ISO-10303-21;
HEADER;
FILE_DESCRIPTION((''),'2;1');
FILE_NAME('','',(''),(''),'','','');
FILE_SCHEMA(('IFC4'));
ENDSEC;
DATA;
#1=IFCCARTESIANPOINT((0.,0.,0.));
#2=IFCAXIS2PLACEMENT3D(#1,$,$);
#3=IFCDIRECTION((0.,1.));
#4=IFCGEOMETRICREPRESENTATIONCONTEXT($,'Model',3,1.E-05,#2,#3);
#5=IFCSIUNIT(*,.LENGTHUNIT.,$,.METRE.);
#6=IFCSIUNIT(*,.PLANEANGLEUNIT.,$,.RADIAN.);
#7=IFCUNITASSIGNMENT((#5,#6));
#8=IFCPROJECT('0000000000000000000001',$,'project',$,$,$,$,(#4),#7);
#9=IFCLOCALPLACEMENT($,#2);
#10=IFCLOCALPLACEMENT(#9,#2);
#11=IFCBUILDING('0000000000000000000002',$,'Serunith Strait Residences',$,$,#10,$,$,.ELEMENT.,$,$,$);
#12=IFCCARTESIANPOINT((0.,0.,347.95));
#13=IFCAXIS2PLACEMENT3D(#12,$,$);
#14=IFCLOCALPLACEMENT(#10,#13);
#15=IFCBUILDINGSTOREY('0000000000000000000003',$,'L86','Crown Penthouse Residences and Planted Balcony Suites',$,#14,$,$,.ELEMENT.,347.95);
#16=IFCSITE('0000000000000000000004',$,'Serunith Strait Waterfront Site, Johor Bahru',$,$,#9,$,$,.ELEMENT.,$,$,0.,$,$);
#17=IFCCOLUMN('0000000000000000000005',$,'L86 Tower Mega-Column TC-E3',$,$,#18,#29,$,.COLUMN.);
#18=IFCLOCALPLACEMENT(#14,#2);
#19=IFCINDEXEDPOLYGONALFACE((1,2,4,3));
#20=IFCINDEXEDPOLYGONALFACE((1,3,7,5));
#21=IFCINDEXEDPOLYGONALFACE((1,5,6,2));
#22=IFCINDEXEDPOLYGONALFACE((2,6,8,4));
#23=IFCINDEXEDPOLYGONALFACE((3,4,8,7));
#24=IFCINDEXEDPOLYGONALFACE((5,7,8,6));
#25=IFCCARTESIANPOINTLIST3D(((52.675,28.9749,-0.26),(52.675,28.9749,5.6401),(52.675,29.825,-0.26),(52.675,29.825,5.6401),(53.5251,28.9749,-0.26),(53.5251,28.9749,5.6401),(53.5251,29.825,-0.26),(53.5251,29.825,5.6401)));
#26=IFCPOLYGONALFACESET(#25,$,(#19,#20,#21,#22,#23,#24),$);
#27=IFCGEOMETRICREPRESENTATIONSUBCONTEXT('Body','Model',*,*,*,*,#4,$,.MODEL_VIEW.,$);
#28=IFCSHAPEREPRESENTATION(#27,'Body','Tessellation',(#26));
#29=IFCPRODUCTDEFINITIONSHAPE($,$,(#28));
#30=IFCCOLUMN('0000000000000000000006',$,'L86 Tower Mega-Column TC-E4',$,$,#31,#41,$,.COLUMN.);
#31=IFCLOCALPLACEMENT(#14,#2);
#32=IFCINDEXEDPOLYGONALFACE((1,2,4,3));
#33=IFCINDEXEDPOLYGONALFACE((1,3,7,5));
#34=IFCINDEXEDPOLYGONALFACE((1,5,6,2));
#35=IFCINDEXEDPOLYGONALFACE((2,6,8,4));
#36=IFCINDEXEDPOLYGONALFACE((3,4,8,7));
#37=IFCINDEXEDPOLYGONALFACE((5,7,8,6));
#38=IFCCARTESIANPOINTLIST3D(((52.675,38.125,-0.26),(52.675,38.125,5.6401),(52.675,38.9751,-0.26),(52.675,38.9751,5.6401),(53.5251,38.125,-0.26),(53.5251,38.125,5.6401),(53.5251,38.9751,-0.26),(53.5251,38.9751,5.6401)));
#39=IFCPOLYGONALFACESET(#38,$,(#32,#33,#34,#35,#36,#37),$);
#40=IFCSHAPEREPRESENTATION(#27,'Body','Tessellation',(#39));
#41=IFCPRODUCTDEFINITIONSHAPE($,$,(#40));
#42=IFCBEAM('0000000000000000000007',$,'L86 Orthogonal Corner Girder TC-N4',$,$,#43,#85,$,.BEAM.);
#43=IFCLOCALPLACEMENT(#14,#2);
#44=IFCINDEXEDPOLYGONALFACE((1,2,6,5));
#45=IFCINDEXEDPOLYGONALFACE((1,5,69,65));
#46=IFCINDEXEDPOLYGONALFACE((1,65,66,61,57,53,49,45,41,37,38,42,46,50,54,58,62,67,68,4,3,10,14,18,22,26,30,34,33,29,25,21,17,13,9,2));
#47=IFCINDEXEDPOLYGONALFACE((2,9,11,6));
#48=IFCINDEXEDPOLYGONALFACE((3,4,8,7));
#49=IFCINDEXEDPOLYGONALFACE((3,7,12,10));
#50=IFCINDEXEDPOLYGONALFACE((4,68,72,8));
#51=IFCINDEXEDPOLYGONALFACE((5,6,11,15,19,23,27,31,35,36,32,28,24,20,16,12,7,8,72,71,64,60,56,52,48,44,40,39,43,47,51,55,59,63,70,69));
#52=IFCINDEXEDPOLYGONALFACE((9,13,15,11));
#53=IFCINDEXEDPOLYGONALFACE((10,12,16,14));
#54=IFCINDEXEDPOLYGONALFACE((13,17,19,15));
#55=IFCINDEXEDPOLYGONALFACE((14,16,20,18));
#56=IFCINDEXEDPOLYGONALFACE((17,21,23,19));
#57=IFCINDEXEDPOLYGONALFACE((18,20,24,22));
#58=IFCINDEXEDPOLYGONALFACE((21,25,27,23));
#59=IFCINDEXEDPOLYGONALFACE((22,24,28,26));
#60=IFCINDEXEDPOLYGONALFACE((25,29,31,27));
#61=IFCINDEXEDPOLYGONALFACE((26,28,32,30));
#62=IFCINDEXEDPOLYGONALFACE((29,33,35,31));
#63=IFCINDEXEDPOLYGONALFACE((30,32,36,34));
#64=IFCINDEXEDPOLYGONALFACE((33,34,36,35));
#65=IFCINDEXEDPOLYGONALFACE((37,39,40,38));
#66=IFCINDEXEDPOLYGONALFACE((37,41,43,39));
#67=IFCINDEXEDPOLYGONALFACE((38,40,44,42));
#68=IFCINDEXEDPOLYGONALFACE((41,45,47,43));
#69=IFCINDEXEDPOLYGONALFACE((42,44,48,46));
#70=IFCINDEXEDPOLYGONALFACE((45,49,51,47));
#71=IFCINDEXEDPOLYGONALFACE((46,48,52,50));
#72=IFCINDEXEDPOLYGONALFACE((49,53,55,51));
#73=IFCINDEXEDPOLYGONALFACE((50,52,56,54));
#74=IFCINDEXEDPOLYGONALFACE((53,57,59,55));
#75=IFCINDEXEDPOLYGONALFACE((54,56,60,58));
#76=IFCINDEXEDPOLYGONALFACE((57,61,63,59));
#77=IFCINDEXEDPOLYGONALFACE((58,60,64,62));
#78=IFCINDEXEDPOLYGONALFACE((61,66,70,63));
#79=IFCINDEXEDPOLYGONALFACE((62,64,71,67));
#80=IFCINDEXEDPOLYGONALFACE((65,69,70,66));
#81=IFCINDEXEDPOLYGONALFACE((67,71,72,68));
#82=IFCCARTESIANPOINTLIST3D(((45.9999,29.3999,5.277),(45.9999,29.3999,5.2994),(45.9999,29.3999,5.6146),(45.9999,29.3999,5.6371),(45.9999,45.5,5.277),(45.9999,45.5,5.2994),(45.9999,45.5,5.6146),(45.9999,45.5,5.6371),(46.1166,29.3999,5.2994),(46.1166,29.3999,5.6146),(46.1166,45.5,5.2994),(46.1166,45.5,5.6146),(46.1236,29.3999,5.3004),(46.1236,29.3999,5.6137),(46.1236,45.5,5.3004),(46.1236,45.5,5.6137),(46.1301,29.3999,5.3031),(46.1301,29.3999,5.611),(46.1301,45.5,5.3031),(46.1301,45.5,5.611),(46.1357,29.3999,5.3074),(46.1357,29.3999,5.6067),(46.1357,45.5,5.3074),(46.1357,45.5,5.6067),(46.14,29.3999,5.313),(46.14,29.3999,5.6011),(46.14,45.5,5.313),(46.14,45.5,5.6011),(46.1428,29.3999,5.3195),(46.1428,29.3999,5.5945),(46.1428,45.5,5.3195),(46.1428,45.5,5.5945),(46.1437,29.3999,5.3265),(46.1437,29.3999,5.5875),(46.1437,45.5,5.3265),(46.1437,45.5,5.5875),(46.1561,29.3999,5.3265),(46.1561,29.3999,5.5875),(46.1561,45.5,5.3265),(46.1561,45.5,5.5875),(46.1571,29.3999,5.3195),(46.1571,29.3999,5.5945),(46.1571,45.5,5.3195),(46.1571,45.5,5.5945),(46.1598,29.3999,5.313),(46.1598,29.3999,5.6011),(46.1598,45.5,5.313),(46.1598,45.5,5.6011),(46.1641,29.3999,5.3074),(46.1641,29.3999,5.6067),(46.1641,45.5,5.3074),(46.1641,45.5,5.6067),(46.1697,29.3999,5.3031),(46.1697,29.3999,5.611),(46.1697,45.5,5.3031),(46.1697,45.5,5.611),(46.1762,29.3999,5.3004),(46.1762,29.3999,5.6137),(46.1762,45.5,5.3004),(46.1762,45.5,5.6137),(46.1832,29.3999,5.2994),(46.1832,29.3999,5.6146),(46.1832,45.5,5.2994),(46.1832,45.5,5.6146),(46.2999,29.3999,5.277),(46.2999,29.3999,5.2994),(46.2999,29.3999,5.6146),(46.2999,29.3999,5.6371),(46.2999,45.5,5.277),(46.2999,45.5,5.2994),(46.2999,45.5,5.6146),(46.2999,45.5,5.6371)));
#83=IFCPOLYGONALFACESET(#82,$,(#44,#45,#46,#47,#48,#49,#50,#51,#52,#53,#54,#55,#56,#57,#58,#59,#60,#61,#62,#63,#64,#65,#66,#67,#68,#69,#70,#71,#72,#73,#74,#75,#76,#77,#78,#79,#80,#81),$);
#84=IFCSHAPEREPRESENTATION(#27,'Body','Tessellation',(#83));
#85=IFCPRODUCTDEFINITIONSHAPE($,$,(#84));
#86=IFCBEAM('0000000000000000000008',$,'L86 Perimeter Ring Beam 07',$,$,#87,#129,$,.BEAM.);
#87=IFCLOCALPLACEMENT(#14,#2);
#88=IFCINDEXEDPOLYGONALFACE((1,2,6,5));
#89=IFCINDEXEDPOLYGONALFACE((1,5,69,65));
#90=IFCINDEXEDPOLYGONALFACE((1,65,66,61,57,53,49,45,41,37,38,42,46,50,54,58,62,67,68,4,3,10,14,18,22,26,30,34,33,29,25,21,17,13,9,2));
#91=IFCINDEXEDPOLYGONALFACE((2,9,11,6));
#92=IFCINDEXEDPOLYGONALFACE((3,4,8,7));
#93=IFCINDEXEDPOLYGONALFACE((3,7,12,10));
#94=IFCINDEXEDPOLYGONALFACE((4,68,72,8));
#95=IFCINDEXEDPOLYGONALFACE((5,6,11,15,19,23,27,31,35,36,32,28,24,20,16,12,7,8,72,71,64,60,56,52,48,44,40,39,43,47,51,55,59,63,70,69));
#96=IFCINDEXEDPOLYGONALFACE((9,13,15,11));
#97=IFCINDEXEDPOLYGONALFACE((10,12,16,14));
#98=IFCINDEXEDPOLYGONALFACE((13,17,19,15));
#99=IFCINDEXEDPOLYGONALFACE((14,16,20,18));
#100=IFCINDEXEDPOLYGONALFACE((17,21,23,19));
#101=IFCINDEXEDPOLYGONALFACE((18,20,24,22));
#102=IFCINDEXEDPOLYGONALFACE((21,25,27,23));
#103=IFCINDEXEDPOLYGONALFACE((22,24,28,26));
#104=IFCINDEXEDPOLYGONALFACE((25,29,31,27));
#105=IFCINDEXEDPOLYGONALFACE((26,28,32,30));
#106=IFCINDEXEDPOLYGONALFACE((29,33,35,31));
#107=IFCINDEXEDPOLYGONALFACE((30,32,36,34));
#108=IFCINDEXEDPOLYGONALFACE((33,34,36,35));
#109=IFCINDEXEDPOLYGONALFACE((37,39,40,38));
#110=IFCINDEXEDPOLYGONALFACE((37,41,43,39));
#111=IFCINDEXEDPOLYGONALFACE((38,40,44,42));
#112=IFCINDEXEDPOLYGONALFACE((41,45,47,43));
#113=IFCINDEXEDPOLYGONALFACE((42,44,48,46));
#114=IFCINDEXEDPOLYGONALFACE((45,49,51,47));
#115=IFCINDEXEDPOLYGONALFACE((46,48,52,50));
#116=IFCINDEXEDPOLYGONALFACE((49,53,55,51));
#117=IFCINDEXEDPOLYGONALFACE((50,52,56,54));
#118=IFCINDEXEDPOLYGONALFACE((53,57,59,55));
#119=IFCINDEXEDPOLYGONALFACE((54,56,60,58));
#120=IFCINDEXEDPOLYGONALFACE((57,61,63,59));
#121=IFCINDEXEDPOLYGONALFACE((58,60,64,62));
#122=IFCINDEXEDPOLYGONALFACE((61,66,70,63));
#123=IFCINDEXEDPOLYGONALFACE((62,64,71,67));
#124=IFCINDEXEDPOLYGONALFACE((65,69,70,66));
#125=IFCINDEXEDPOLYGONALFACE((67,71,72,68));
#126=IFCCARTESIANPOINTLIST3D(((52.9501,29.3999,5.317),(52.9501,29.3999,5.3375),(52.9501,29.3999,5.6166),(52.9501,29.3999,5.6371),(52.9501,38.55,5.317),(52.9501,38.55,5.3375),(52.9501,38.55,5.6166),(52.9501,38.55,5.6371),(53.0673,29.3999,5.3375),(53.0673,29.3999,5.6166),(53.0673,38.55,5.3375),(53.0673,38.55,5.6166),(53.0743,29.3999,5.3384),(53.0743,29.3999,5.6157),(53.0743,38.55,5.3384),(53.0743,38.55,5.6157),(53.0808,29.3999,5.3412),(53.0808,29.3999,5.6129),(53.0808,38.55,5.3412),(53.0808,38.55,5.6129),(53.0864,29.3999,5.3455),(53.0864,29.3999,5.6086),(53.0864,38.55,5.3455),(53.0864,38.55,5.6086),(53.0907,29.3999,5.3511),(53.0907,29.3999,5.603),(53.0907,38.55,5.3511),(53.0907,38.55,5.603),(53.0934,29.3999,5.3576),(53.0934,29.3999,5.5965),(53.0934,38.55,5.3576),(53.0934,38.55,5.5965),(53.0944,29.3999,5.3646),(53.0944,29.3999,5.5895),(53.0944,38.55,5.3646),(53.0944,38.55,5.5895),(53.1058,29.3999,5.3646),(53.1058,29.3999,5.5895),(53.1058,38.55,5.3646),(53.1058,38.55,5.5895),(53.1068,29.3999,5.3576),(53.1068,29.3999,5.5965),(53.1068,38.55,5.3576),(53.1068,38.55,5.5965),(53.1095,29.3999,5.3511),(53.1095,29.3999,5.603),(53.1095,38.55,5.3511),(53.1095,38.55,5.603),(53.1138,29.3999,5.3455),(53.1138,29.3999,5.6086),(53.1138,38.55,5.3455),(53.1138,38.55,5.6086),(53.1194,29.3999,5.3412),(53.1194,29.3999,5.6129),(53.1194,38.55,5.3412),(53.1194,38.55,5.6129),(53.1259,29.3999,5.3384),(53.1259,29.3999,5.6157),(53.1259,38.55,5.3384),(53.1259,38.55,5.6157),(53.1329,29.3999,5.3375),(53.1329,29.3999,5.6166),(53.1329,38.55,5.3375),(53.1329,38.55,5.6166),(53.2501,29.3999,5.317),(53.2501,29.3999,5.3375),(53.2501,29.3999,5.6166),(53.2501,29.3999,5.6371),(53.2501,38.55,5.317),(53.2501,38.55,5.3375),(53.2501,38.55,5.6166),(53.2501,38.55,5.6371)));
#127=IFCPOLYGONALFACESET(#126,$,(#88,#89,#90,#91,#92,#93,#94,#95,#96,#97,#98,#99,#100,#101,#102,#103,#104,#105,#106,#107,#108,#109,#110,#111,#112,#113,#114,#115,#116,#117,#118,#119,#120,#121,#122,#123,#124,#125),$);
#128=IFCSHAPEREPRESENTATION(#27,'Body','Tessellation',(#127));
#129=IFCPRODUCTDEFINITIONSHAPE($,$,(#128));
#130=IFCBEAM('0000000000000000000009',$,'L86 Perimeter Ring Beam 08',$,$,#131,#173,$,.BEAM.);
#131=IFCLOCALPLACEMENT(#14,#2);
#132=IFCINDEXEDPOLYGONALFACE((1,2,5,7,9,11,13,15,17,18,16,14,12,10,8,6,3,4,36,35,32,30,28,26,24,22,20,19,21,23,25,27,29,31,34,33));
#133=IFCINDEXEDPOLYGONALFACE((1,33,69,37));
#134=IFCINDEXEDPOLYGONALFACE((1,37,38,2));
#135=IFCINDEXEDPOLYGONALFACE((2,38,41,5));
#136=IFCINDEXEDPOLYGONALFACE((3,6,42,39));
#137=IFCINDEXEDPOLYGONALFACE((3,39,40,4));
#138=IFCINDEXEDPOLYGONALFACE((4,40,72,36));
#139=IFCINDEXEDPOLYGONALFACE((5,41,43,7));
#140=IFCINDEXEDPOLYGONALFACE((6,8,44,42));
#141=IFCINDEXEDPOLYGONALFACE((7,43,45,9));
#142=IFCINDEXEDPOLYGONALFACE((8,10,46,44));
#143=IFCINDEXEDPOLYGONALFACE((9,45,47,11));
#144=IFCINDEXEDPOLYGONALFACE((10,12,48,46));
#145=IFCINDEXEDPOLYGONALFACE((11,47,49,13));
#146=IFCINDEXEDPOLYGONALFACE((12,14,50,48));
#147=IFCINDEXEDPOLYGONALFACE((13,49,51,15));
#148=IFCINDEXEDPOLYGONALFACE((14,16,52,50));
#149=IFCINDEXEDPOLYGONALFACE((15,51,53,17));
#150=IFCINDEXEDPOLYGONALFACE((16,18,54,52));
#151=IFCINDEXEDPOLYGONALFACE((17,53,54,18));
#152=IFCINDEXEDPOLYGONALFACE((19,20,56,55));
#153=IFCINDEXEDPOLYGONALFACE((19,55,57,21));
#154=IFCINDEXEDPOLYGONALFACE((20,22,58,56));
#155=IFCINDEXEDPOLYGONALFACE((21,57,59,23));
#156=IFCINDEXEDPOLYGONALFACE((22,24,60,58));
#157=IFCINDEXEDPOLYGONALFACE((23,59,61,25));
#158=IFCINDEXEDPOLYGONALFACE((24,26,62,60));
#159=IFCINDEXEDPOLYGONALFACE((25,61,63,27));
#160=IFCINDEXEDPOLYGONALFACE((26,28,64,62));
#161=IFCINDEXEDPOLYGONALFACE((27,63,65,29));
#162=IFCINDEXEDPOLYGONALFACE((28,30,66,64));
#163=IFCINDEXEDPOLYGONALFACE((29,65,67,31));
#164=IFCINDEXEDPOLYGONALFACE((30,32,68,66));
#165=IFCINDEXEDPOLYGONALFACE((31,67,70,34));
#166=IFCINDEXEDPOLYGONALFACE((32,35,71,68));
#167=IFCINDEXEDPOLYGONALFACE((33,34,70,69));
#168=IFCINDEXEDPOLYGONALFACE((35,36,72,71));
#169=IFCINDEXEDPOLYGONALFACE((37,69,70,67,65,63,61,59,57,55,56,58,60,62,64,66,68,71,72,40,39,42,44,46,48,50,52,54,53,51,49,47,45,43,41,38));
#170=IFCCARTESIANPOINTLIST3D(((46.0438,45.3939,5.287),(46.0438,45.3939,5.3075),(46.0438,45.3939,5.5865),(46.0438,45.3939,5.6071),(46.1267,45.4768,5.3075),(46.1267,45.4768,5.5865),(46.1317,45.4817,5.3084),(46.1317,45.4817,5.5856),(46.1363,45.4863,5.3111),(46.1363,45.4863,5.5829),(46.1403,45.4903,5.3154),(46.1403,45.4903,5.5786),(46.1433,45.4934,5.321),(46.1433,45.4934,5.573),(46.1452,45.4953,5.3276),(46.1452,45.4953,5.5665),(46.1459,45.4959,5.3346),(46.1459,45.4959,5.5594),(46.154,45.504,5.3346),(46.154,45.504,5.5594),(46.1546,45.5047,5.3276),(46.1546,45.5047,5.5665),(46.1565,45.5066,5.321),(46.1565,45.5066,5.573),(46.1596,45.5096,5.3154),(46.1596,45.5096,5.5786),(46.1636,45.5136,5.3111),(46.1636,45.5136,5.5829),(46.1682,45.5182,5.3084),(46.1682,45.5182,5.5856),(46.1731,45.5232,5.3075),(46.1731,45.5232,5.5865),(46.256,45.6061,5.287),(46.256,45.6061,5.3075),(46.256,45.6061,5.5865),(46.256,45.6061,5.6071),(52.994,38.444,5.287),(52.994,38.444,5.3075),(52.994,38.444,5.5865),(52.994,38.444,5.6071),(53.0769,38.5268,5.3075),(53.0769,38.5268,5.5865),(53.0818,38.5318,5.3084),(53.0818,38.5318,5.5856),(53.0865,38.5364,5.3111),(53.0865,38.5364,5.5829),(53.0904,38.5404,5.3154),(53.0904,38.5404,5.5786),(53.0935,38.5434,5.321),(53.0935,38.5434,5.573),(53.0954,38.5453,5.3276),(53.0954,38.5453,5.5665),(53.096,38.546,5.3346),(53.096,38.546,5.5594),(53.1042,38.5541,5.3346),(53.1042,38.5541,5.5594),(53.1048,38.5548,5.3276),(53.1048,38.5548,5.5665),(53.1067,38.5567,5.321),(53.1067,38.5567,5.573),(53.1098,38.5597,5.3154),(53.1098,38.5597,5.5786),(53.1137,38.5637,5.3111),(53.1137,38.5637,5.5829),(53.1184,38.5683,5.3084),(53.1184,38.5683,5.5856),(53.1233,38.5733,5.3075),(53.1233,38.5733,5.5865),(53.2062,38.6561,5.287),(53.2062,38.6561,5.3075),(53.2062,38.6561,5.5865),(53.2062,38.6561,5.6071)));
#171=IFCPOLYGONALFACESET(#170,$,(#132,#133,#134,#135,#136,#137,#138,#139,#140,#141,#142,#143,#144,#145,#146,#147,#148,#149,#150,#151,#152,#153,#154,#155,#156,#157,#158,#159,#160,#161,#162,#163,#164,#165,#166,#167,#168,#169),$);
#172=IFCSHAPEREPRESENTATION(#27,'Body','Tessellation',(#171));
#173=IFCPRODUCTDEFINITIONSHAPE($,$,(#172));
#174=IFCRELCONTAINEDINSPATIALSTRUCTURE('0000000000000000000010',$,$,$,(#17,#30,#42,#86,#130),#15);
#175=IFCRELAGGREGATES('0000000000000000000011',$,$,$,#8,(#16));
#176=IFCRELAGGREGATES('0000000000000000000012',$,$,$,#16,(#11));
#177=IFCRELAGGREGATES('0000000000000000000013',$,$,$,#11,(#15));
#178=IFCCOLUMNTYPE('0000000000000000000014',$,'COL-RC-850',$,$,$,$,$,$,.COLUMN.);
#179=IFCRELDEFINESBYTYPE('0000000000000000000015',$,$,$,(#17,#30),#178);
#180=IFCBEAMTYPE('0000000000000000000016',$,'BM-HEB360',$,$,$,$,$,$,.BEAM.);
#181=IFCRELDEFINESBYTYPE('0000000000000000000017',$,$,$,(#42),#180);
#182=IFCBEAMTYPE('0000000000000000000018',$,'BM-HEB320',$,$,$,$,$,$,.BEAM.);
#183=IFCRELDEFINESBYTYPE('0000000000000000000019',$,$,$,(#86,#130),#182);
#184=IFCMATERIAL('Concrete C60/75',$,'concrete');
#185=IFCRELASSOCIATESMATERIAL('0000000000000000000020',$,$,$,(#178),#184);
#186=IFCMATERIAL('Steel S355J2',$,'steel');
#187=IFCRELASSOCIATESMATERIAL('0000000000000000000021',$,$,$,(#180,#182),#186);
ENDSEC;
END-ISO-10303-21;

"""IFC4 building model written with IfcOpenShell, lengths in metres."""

from ifc_helpers import new_model, si_unit, direction, frame, origin, origin_2d, place, context, subcontext, project, spatial, rectangle, i_section, extrude, source, transform, mapped, material, material_profile, profile_set, type_object, element, save


model = new_model("IFC4")

# Units and contexts
model_context = context("Model", 3, precision=1e-05, world=origin(), true_north=direction((0.0, 1.0)))
body_context = subcontext(model_context, "Body", "Model", "MODEL_VIEW")
ifc_project = project(units=[si_unit("LENGTHUNIT", "METRE"), si_unit("PLANEANGLEUNIT", "RADIAN")], contexts=[model_context])

# Site, building, storey
site_placement = place(None, origin())
site = spatial("IfcSite", under=ifc_project, at=site_placement, Name="Serunith Strait Waterfront Site, Johor Bahru", CompositionType="ELEMENT", RefElevation=0.0)
building_placement = place(site_placement, origin())
building = spatial("IfcBuilding", under=site, at=building_placement, Name="Serunith Strait Residences", CompositionType="ELEMENT")
storey_placement = place(building_placement, frame((0.0, 0.0, 347.95)))
storey = spatial("IfcBuildingStorey", under=building, at=storey_placement, Name="L86", Description="Crown Penthouse Residences and Planted Balcony Suites", CompositionType="ELEMENT", Elevation=347.95)

# Columns
ifc_material_1 = material(Name="Concrete C60/75", Category="concrete")
ifc_material_profile_1 = material_profile(ifc_material_1, rectangle(XDim=0.8501, YDim=0.8501, at=origin_2d()), Name="RC 850x850")
ifc_profile_set_1 = profile_set([ifc_material_profile_1], Name="Concrete C60/75")
column_type = type_object("IfcColumnType", Name="COL-RC-850", PredefinedType="COLUMN", material=ifc_profile_set_1)
shared_shape_1 = source(origin(), body_context, "Body", "SweptSolid", [
    extrude(rectangle(XDim=0.8501, YDim=0.8501, at=origin_2d()), origin(), (0.0, 0.0, 1.0), 5.9001),
])
for number, where, z_axis, x_axis, name in (
    (1, (53.1001, 29.3999, -0.26), (0.0, 0.0, 1.0), (1.0, 0.0, 0.0), "L86 Tower Mega-Column TC-E3"),
    (2, (53.1001, 38.55, -0.26), (0.0, 0.0, 1.0), (1.0, 0.0, 0.0), "L86 Tower Mega-Column TC-E4"),
):
    element("IfcColumn", number, at=place(storey_placement, frame(where, z_axis=z_axis, x_axis=x_axis)), inside=storey, type_object=column_type, Name=name, PredefinedType="COLUMN", context=body_context, shape_type="MappedRepresentation", body=[
        mapped(shared_shape_1, transform((0.0, 0.0, 0.0), scale=1.0)),
    ])

# Beams
ifc_material_2 = material(Name="Steel S355J2", Category="steel")
ifc_material_profile_2 = material_profile(ifc_material_2, i_section(OverallWidth=0.3, OverallDepth=0.3601, WebThickness=0.0125, FlangeThickness=0.0225, FilletRadius=0.0271, at=origin_2d()), Name="HEB 360")
ifc_profile_set_2 = profile_set([ifc_material_profile_2], Name="Steel S355J2")
beam_type_1 = type_object("IfcBeamType", Name="BM-HEB360", PredefinedType="BEAM", material=ifc_profile_set_2)
shared_shape_2 = source(origin(), body_context, "Body", "SweptSolid", [
    extrude(i_section(OverallWidth=0.3, OverallDepth=0.3601, WebThickness=0.0125, FlangeThickness=0.0225, FilletRadius=0.0271, at=origin_2d()), origin(), (0.0, 0.0, 1.0), 16.1001),
])
beam_1_placement = place(storey_placement, frame((46.1499, 29.3999, 5.457), z_axis=(0.0, 1.0, 0.0), x_axis=(-1.0, 0.0, 0.0)))
element("IfcBeam", 3, at=beam_1_placement, inside=storey, type_object=beam_type_1, Name="L86 Orthogonal Corner Girder TC-N4", PredefinedType="BEAM", context=body_context, shape_type="MappedRepresentation", body=[
    mapped(shared_shape_2, transform((0.0, 0.0, 0.0), scale=1.0)),
])
ifc_material_profile_3 = material_profile(ifc_material_2, i_section(OverallWidth=0.3, OverallDepth=0.3201, WebThickness=0.0115, FlangeThickness=0.0205, FilletRadius=0.0271, at=origin_2d()), Name="HEB 320")
ifc_profile_set_3 = profile_set([ifc_material_profile_3], Name="Steel S355J2")
beam_type_2 = type_object("IfcBeamType", Name="BM-HEB320", PredefinedType="BEAM", material=ifc_profile_set_3)
shared_shape_3 = source(origin(), body_context, "Body", "SweptSolid", [
    extrude(i_section(OverallWidth=0.3, OverallDepth=0.3201, WebThickness=0.0115, FlangeThickness=0.0205, FilletRadius=0.0271, at=origin_2d()), origin(), (0.0, 0.0, 1.0), 9.1501),
])
beam_2_placement = place(storey_placement, frame((53.1001, 29.3999, 5.4771), z_axis=(0.0, 1.0, 0.0), x_axis=(-1.0, 0.0, 0.0)))
element("IfcBeam", 4, at=beam_2_placement, inside=storey, type_object=beam_type_2, Name="L86 Perimeter Ring Beam 07", PredefinedType="BEAM", context=body_context, shape_type="MappedRepresentation", body=[
    mapped(shared_shape_3, transform((0.0, 0.0, 0.0), scale=1.0)),
])
shared_shape_4 = source(origin(), body_context, "Body", "SweptSolid", [
    extrude(i_section(OverallWidth=0.3, OverallDepth=0.3201, WebThickness=0.0115, FlangeThickness=0.0205, FilletRadius=0.0271, at=origin_2d()), origin(), (0.0, 0.0, 1.0), 9.8289),
])
beam_3_placement = place(storey_placement, frame((53.1001, 38.55, 5.447), z_axis=(-0.707119, 0.707094, 0.0), x_axis=(-0.707094, -0.707119, 0.0)))
element("IfcBeam", 5, at=beam_3_placement, inside=storey, type_object=beam_type_2, Name="L86 Perimeter Ring Beam 08", PredefinedType="BEAM", context=body_context, shape_type="MappedRepresentation", body=[
    mapped(shared_shape_4, transform((0.0, 0.0, 0.0), scale=1.0)),
])

save(model, "model.ifc")
